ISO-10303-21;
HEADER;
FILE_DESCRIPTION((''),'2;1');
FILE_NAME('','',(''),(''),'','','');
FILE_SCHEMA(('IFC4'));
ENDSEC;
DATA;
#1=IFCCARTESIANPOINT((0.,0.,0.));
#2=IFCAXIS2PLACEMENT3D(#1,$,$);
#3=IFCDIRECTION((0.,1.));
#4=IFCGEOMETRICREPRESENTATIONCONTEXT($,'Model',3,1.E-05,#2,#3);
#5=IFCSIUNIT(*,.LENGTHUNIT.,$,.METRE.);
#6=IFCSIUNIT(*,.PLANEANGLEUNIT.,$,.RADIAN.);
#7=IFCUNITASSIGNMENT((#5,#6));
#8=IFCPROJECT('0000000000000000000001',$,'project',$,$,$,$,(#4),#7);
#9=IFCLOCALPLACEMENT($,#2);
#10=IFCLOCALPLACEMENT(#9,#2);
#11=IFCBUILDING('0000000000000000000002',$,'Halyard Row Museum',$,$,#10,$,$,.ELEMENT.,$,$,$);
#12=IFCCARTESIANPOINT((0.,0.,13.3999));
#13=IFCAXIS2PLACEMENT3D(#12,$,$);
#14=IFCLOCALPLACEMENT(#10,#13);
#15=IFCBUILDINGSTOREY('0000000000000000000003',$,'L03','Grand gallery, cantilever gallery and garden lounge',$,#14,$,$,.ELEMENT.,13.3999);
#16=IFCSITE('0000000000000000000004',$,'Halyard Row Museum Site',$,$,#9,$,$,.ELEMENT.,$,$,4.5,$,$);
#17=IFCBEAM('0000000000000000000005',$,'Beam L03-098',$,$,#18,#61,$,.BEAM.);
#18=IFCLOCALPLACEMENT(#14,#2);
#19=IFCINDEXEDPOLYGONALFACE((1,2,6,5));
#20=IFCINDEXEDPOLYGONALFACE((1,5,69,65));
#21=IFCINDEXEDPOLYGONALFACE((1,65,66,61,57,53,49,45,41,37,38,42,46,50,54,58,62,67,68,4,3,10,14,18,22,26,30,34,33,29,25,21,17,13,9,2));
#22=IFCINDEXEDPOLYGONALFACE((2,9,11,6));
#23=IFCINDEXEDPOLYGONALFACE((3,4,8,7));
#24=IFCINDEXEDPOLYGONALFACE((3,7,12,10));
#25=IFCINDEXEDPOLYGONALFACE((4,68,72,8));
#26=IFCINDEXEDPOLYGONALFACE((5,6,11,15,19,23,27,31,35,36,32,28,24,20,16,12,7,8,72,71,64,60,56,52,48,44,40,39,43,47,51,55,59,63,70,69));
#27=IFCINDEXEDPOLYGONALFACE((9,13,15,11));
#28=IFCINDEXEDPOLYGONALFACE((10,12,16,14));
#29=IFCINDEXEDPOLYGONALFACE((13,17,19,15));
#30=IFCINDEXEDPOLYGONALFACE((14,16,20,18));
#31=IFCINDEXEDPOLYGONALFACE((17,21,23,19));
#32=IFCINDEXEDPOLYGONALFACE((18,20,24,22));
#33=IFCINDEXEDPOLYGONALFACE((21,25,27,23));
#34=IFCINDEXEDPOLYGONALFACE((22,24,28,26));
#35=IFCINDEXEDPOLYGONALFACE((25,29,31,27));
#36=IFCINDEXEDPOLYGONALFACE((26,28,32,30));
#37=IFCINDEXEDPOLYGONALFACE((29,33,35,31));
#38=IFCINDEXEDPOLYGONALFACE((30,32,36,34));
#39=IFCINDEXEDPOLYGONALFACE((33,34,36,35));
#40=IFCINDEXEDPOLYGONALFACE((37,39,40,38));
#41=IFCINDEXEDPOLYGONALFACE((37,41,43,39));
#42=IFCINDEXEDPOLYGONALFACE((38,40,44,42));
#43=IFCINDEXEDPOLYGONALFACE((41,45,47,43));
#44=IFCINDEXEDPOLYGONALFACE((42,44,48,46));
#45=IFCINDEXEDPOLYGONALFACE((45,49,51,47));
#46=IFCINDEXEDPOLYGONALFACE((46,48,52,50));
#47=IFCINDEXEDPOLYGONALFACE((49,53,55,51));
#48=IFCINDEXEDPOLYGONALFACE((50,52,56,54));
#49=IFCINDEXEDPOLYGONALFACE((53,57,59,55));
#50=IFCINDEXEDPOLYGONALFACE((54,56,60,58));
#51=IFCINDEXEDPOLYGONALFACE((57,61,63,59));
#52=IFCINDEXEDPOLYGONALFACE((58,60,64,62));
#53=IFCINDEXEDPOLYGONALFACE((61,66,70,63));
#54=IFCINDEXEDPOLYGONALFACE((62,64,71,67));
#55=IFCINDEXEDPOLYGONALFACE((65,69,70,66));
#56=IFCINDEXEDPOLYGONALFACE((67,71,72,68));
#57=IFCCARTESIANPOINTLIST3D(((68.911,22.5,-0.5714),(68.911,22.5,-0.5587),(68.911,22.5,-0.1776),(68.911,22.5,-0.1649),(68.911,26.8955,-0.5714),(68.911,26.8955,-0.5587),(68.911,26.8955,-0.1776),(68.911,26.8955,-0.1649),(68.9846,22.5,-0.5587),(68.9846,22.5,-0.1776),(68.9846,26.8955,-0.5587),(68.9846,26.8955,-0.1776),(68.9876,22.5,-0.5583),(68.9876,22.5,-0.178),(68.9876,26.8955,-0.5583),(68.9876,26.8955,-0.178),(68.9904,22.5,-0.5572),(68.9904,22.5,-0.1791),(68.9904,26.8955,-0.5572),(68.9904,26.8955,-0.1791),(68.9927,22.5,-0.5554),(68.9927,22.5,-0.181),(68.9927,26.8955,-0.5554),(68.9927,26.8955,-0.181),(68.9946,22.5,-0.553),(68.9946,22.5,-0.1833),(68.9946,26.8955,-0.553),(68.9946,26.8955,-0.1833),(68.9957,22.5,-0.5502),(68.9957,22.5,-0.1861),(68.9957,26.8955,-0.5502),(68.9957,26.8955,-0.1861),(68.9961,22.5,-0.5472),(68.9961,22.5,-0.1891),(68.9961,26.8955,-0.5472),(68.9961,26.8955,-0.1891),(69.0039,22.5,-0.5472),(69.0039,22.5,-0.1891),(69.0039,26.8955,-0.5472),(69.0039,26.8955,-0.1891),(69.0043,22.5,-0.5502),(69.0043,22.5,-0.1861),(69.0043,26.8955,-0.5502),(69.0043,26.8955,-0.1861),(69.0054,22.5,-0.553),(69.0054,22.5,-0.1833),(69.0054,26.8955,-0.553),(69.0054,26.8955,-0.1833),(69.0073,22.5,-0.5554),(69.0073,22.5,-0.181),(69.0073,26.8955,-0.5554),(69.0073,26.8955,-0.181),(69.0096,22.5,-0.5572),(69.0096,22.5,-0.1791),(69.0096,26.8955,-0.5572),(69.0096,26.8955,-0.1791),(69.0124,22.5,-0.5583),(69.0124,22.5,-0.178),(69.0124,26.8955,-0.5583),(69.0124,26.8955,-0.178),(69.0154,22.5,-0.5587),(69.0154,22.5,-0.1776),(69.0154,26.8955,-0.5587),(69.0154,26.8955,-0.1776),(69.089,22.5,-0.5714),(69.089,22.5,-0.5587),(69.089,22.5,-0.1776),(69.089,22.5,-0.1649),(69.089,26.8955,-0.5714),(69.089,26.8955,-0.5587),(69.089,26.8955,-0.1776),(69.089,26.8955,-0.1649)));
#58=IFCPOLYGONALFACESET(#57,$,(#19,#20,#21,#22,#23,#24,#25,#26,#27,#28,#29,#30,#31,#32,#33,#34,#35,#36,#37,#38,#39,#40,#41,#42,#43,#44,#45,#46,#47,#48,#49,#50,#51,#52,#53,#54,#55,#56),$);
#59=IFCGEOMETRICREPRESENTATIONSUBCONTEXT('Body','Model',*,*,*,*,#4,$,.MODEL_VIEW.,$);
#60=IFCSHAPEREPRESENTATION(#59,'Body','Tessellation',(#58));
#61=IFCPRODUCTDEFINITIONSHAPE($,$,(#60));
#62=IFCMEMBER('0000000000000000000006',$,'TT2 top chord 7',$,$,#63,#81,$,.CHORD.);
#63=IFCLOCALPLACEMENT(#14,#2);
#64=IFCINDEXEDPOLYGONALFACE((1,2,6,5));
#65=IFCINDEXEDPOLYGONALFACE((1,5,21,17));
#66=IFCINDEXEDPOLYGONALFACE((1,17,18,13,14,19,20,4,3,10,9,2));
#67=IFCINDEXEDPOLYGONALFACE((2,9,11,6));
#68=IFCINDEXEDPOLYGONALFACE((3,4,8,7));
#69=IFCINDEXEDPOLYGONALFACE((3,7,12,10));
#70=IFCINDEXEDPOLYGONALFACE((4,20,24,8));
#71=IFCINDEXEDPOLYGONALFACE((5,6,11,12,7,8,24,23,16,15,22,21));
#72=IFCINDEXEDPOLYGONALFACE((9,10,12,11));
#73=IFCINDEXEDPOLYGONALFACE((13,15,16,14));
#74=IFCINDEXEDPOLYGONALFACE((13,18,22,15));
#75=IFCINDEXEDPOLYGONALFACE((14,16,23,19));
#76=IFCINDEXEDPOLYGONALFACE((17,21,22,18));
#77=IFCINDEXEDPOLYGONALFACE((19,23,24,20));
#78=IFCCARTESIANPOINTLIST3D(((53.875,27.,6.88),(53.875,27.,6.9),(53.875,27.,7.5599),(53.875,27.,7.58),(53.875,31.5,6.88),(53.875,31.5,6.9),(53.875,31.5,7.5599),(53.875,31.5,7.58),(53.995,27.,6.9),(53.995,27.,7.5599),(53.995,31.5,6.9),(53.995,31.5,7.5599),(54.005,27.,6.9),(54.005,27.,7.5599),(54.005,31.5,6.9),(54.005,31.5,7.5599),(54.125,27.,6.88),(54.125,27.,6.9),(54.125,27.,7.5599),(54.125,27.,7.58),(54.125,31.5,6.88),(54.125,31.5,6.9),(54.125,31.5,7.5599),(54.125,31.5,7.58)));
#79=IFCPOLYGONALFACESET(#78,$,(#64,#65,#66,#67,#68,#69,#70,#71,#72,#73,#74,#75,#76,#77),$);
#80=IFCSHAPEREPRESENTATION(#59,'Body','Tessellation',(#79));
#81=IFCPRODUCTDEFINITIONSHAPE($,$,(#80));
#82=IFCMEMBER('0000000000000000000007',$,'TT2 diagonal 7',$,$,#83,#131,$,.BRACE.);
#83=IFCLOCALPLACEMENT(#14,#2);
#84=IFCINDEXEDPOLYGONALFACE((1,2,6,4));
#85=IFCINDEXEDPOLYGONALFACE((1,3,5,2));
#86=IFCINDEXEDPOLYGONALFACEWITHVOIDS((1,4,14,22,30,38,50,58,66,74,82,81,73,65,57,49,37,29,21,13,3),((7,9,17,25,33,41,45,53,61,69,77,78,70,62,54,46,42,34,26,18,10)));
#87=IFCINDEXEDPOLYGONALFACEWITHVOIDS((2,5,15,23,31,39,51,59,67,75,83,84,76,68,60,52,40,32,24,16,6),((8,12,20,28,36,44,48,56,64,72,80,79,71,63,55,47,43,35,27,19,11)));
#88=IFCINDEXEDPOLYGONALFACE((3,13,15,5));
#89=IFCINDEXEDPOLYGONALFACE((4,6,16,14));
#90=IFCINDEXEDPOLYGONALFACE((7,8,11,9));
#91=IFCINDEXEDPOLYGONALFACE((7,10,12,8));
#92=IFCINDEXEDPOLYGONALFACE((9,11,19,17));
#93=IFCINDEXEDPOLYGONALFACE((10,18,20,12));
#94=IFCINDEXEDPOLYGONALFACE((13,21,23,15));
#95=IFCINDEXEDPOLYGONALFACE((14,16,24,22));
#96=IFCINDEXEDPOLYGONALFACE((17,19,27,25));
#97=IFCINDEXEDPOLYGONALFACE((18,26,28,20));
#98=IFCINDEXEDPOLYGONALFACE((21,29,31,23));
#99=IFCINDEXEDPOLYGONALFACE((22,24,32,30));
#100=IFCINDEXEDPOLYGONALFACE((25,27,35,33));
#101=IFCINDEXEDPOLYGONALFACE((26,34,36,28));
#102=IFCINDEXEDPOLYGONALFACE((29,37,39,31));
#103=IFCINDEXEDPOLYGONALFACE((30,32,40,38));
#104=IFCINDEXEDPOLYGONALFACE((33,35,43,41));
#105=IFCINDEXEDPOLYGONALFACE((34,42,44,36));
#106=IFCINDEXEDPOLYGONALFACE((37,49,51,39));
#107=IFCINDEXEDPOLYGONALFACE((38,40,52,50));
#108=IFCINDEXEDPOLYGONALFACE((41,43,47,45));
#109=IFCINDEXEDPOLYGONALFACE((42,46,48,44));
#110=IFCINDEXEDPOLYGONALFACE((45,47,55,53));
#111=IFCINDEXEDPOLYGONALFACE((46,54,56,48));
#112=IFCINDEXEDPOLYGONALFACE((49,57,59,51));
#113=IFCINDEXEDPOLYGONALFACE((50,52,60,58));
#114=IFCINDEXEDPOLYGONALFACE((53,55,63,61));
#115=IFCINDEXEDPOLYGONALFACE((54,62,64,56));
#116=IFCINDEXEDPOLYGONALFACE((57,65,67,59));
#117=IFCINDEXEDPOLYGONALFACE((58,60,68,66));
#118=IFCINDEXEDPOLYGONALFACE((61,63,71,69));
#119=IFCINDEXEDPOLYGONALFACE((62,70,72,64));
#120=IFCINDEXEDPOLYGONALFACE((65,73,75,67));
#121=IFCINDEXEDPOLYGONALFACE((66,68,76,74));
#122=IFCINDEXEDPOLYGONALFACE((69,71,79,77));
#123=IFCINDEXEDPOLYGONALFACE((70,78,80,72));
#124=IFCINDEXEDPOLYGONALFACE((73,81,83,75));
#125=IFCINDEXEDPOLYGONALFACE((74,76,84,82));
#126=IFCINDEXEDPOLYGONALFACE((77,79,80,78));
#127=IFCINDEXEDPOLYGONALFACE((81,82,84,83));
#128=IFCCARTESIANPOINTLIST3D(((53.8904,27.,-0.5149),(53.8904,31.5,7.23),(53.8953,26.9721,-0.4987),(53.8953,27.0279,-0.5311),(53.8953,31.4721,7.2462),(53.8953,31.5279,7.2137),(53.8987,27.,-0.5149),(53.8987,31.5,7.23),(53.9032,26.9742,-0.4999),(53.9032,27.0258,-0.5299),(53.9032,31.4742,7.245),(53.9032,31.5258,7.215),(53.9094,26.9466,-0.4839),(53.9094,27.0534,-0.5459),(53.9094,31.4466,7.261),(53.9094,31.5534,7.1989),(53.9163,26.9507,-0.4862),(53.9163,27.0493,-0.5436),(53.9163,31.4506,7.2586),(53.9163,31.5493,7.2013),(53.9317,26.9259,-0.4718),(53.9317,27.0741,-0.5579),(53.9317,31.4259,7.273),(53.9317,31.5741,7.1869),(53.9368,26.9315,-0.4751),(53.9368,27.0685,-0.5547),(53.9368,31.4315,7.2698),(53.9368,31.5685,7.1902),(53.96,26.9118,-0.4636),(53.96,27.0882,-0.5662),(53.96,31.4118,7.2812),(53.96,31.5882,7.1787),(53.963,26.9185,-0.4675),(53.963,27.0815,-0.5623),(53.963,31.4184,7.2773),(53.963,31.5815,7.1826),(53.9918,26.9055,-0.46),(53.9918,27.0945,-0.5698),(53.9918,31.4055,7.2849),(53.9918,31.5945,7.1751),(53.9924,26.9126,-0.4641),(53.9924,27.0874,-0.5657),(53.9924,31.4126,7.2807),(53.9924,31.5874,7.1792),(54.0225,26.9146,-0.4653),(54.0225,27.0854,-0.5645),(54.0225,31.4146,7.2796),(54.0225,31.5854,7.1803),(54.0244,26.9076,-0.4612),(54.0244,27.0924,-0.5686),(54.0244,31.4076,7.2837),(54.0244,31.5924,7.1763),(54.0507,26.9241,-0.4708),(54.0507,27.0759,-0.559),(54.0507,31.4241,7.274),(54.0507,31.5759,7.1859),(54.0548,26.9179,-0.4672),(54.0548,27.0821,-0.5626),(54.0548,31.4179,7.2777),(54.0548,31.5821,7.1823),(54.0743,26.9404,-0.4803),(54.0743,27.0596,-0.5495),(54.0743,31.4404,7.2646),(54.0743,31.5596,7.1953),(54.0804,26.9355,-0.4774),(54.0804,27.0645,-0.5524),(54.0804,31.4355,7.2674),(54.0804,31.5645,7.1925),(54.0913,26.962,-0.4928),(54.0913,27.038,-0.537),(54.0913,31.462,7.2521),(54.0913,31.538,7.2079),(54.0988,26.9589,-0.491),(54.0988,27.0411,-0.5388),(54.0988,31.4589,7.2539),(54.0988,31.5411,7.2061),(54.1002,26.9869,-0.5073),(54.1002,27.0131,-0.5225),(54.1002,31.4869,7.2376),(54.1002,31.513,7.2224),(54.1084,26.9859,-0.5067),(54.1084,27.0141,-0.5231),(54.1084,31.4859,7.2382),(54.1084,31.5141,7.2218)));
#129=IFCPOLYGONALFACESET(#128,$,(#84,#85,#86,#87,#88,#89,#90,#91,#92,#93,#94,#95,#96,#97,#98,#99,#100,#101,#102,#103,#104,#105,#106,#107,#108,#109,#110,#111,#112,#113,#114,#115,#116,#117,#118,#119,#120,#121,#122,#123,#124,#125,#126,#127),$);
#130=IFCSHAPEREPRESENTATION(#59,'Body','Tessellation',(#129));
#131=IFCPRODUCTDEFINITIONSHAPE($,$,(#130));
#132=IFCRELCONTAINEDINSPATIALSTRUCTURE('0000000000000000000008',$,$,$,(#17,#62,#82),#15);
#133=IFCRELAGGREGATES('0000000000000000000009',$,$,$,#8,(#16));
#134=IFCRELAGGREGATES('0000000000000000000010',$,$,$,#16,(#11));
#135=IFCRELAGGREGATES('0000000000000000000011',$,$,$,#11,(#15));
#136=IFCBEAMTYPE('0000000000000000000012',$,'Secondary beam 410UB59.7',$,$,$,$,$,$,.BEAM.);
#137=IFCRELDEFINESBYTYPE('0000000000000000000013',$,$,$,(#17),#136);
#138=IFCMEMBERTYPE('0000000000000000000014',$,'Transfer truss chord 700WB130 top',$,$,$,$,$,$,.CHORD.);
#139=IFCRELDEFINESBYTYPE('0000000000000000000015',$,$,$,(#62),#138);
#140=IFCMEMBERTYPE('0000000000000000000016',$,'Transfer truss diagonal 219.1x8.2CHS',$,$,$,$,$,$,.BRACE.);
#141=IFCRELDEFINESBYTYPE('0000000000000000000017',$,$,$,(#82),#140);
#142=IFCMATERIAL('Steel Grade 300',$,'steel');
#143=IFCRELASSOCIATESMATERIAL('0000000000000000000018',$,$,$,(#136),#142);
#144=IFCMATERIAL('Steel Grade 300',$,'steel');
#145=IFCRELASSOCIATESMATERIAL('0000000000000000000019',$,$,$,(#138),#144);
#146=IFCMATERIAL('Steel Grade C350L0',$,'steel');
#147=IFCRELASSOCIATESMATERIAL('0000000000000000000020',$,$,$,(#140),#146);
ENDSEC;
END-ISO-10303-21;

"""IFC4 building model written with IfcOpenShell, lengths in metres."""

from ifc_helpers import new_model, si_unit, direction, frame, origin, origin_2d, place, context, subcontext, project, spatial, hollow_circle, i_section, extrude, material, material_profile, profile_set, type_object, element, save


model = new_model("IFC4")

# Units and contexts
model_context = context("Model", 3, precision=1e-05, world=origin(), true_north=direction((0.0, 1.0)))
body_context = subcontext(model_context, "Body", "Model", "MODEL_VIEW")
ifc_project = project(units=[si_unit("LENGTHUNIT", "METRE"), si_unit("PLANEANGLEUNIT", "RADIAN")], contexts=[model_context])

# Site, building, storey
site_placement = place(None, origin())
site = spatial("IfcSite", under=ifc_project, at=site_placement, Name="Halyard Row Museum Site", CompositionType="ELEMENT", RefElevation=4.5)
building_placement = place(site_placement, origin())
building = spatial("IfcBuilding", under=site, at=building_placement, Name="Halyard Row Museum", CompositionType="ELEMENT")
storey_placement = place(building_placement, frame((0.0, 0.0, 13.3999)))
storey = spatial("IfcBuildingStorey", under=building, at=storey_placement, Name="L03", Description="Grand gallery, cantilever gallery and garden lounge", CompositionType="ELEMENT", Elevation=13.3999)

# Beam
ifc_material_1 = material(Name="Steel Grade 300", Category="steel")
ifc_material_profile_1 = material_profile(ifc_material_1, i_section(OverallWidth=0.178, OverallDepth=0.4065, WebThickness=0.0078, FlangeThickness=0.0127, FilletRadius=0.0115, at=origin_2d()), Name="410UB59.7")
ifc_profile_set_1 = profile_set([ifc_material_profile_1], Name="Steel Grade 300")
beam_type_1 = type_object("IfcBeamType", Name="Secondary beam 410UB59.7", PredefinedType="BEAM", material=ifc_profile_set_1)
for number, where, z_axis, x_axis, name in (
    (1, (69.0, 22.5, -0.3682), (0.0, 1.0, 0.0), (-1.0, 0.0, 0.0), "Beam L03-098"),
):
    element("IfcBeam", number, at=place(storey_placement, frame(where, z_axis=z_axis, x_axis=x_axis)), inside=storey, type_object=beam_type_1, Name=name, PredefinedType="BEAM", context=body_context, shape_type="SweptSolid", body=[
        extrude(i_section(OverallWidth=0.178, OverallDepth=0.4065, WebThickness=0.0078, FlangeThickness=0.0127, FilletRadius=0.0115, at=origin_2d()), origin(), (0.0, 0.0, 1.0), 4.3955),
    ])

# Members
ifc_material_2 = material(Name="Steel Grade 300", Category="steel")
ifc_material_profile_2 = material_profile(ifc_material_2, i_section(OverallWidth=0.25, OverallDepth=0.7, WebThickness=0.01, FlangeThickness=0.02, at=origin_2d()), Name="700WB130")
ifc_profile_set_2 = profile_set([ifc_material_profile_2], Name="Steel Grade 300")
member_type_1 = type_object("IfcMemberType", Name="Transfer truss chord 700WB130 top", PredefinedType="CHORD", material=ifc_profile_set_2)
member_1_placement = place(storey_placement, frame((54.0, 27.0, 7.23), z_axis=(0.0, 1.0, 0.0), x_axis=(-1.0, 0.0, 0.0)))
element("IfcMember", 2, at=member_1_placement, inside=storey, type_object=member_type_1, Name="TT2 top chord 7", PredefinedType="CHORD", context=body_context, shape_type="SweptSolid", body=[
    extrude(i_section(OverallWidth=0.25, OverallDepth=0.7, WebThickness=0.01, FlangeThickness=0.02, at=origin_2d()), origin(), (0.0, 0.0, 1.0), 4.5),
])
ifc_material_3 = material(Name="Steel Grade C350L0", Category="steel")
ifc_material_profile_3 = material_profile(ifc_material_3, hollow_circle(Radius=0.1096, WallThickness=0.0083, at=origin_2d()), Name="219.1x8.2CHS")
ifc_profile_set_3 = profile_set([ifc_material_profile_3], Name="Steel Grade C350L0")
member_type_2 = type_object("IfcMemberType", Name="Transfer truss diagonal 219.1x8.2CHS", PredefinedType="BRACE", material=ifc_profile_set_3)
member_2_placement = place(storey_placement, frame((54.0, 27.0, -0.5149), z_axis=(0.0, 0.502384, 0.864645), x_axis=(-1.0, 0.0, 0.0)))
element("IfcMember", 3, at=member_2_placement, inside=storey, type_object=member_type_2, Name="TT2 diagonal 7", PredefinedType="BRACE", context=body_context, shape_type="SweptSolid", body=[
    extrude(hollow_circle(Radius=0.1096, WallThickness=0.0083, at=origin_2d()), origin(), (0.0, 0.0, 1.0), 8.9573),
])

save(model, "model.ifc")
